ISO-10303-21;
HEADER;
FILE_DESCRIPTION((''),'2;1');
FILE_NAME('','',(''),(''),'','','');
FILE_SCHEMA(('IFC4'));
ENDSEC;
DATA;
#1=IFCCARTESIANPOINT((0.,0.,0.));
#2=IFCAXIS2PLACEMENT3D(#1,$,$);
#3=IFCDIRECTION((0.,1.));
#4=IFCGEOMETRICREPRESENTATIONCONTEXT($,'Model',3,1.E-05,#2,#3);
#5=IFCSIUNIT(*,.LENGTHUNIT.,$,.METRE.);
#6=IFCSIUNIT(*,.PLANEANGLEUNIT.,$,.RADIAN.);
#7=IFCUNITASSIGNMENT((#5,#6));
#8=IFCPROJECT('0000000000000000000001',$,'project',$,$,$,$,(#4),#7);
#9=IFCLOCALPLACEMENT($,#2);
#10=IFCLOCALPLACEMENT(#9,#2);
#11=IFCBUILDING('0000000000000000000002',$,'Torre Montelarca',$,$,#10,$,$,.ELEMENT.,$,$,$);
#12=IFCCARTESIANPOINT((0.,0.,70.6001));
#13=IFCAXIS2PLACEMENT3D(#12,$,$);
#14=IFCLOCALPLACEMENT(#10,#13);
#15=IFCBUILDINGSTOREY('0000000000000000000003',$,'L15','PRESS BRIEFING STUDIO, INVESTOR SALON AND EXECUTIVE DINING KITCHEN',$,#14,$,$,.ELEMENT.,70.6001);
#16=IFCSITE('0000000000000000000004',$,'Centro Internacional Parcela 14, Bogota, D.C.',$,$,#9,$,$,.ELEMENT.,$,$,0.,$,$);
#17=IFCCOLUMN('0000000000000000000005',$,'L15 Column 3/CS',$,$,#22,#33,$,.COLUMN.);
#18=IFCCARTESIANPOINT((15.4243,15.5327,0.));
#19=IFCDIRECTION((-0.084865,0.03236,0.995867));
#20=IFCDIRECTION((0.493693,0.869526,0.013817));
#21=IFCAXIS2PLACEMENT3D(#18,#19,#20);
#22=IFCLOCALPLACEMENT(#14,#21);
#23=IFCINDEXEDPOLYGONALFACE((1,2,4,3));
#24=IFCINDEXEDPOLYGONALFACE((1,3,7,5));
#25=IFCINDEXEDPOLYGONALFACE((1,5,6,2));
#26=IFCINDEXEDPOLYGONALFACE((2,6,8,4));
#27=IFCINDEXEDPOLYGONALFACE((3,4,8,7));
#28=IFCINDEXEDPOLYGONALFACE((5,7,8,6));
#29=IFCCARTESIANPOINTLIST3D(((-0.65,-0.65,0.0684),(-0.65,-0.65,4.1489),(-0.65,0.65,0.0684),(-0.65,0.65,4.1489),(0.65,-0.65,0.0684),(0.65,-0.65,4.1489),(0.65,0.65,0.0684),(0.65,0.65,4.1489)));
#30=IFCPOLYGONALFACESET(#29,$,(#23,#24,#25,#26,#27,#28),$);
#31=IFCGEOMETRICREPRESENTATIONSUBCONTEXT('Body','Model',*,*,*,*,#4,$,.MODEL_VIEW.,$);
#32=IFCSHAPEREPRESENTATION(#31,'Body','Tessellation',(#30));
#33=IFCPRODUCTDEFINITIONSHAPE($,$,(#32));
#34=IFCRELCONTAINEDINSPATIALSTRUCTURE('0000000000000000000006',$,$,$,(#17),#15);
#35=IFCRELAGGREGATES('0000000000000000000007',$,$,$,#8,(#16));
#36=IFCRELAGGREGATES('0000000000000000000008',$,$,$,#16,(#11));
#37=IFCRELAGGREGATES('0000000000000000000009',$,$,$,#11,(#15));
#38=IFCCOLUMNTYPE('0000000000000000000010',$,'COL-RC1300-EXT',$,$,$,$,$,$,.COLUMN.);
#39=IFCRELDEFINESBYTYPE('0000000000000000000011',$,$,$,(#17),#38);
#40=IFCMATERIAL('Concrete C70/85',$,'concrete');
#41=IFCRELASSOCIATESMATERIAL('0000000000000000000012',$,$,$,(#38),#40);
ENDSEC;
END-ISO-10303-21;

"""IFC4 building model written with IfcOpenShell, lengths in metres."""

from ifc_helpers import new_model, si_unit, direction, frame, origin, origin_2d, place, context, subcontext, project, spatial, rectangle, extrude, clip, halfspace, material, material_profile, profile_set, type_object, element, save


model = new_model("IFC4")

# Units and contexts
model_context = context("Model", 3, precision=1e-05, world=origin(), true_north=direction((0.0, 1.0)))
body_context = subcontext(model_context, "Body", "Model", "MODEL_VIEW")
ifc_project = project(units=[si_unit("LENGTHUNIT", "METRE"), si_unit("PLANEANGLEUNIT", "RADIAN")], contexts=[model_context])

# Site, building, storey
site_placement = place(None, origin())
site = spatial("IfcSite", under=ifc_project, at=site_placement, Name="Centro Internacional Parcela 14, Bogota, D.C.", CompositionType="ELEMENT", RefElevation=0.0)
building_placement = place(site_placement, origin())
building = spatial("IfcBuilding", under=site, at=building_placement, Name="Torre Montelarca", CompositionType="ELEMENT")
storey_placement = place(building_placement, frame((0.0, 0.0, 70.6001)))
storey = spatial("IfcBuildingStorey", under=building, at=storey_placement, Name="L15", Description="PRESS BRIEFING STUDIO, INVESTOR SALON AND EXECUTIVE DINING KITCHEN", CompositionType="ELEMENT", Elevation=70.6001)

# Column
ifc_material_1 = material(Name="Concrete C70/85", Category="concrete")
ifc_material_profile_1 = material_profile(ifc_material_1, rectangle(XDim=1.3, YDim=1.3, at=origin_2d()), Name="RC1300X1300", Category="concrete")
ifc_profile_set_1 = profile_set([ifc_material_profile_1], Name="Concrete C70/85")
column_type = type_object("IfcColumnType", Name="COL-RC1300-EXT", PredefinedType="COLUMN", material=ifc_profile_set_1)
column_placement = place(storey_placement, frame((15.4243, 15.5327, 0.0), z_axis=(-0.084865, 0.03236, 0.995867), x_axis=(0.493693, 0.869526, 0.013817)))
element("IfcColumn", 1, at=column_placement, inside=storey, type_object=column_type, Name="L15 Column 3/CS", PredefinedType="COLUMN", context=body_context, shape_type="Clipping", body=[
    clip(clip(extrude(rectangle(XDim=1.3, YDim=1.3, at=origin_2d()), origin(), (0.0, 0.0, 1.0), 4.2173), halfspace(frame((0.0, 0.0, 0.0684), z_axis=(0.0, 0.0, -1.0), x_axis=(1.0, 0.0, 0.0)), False)), halfspace(frame((0.0, 0.0, 4.1489), z_axis=(0.0, 0.0, 1.0), x_axis=(1.0, 0.0, 0.0)), False)),
])

save(model, "model.ifc")
